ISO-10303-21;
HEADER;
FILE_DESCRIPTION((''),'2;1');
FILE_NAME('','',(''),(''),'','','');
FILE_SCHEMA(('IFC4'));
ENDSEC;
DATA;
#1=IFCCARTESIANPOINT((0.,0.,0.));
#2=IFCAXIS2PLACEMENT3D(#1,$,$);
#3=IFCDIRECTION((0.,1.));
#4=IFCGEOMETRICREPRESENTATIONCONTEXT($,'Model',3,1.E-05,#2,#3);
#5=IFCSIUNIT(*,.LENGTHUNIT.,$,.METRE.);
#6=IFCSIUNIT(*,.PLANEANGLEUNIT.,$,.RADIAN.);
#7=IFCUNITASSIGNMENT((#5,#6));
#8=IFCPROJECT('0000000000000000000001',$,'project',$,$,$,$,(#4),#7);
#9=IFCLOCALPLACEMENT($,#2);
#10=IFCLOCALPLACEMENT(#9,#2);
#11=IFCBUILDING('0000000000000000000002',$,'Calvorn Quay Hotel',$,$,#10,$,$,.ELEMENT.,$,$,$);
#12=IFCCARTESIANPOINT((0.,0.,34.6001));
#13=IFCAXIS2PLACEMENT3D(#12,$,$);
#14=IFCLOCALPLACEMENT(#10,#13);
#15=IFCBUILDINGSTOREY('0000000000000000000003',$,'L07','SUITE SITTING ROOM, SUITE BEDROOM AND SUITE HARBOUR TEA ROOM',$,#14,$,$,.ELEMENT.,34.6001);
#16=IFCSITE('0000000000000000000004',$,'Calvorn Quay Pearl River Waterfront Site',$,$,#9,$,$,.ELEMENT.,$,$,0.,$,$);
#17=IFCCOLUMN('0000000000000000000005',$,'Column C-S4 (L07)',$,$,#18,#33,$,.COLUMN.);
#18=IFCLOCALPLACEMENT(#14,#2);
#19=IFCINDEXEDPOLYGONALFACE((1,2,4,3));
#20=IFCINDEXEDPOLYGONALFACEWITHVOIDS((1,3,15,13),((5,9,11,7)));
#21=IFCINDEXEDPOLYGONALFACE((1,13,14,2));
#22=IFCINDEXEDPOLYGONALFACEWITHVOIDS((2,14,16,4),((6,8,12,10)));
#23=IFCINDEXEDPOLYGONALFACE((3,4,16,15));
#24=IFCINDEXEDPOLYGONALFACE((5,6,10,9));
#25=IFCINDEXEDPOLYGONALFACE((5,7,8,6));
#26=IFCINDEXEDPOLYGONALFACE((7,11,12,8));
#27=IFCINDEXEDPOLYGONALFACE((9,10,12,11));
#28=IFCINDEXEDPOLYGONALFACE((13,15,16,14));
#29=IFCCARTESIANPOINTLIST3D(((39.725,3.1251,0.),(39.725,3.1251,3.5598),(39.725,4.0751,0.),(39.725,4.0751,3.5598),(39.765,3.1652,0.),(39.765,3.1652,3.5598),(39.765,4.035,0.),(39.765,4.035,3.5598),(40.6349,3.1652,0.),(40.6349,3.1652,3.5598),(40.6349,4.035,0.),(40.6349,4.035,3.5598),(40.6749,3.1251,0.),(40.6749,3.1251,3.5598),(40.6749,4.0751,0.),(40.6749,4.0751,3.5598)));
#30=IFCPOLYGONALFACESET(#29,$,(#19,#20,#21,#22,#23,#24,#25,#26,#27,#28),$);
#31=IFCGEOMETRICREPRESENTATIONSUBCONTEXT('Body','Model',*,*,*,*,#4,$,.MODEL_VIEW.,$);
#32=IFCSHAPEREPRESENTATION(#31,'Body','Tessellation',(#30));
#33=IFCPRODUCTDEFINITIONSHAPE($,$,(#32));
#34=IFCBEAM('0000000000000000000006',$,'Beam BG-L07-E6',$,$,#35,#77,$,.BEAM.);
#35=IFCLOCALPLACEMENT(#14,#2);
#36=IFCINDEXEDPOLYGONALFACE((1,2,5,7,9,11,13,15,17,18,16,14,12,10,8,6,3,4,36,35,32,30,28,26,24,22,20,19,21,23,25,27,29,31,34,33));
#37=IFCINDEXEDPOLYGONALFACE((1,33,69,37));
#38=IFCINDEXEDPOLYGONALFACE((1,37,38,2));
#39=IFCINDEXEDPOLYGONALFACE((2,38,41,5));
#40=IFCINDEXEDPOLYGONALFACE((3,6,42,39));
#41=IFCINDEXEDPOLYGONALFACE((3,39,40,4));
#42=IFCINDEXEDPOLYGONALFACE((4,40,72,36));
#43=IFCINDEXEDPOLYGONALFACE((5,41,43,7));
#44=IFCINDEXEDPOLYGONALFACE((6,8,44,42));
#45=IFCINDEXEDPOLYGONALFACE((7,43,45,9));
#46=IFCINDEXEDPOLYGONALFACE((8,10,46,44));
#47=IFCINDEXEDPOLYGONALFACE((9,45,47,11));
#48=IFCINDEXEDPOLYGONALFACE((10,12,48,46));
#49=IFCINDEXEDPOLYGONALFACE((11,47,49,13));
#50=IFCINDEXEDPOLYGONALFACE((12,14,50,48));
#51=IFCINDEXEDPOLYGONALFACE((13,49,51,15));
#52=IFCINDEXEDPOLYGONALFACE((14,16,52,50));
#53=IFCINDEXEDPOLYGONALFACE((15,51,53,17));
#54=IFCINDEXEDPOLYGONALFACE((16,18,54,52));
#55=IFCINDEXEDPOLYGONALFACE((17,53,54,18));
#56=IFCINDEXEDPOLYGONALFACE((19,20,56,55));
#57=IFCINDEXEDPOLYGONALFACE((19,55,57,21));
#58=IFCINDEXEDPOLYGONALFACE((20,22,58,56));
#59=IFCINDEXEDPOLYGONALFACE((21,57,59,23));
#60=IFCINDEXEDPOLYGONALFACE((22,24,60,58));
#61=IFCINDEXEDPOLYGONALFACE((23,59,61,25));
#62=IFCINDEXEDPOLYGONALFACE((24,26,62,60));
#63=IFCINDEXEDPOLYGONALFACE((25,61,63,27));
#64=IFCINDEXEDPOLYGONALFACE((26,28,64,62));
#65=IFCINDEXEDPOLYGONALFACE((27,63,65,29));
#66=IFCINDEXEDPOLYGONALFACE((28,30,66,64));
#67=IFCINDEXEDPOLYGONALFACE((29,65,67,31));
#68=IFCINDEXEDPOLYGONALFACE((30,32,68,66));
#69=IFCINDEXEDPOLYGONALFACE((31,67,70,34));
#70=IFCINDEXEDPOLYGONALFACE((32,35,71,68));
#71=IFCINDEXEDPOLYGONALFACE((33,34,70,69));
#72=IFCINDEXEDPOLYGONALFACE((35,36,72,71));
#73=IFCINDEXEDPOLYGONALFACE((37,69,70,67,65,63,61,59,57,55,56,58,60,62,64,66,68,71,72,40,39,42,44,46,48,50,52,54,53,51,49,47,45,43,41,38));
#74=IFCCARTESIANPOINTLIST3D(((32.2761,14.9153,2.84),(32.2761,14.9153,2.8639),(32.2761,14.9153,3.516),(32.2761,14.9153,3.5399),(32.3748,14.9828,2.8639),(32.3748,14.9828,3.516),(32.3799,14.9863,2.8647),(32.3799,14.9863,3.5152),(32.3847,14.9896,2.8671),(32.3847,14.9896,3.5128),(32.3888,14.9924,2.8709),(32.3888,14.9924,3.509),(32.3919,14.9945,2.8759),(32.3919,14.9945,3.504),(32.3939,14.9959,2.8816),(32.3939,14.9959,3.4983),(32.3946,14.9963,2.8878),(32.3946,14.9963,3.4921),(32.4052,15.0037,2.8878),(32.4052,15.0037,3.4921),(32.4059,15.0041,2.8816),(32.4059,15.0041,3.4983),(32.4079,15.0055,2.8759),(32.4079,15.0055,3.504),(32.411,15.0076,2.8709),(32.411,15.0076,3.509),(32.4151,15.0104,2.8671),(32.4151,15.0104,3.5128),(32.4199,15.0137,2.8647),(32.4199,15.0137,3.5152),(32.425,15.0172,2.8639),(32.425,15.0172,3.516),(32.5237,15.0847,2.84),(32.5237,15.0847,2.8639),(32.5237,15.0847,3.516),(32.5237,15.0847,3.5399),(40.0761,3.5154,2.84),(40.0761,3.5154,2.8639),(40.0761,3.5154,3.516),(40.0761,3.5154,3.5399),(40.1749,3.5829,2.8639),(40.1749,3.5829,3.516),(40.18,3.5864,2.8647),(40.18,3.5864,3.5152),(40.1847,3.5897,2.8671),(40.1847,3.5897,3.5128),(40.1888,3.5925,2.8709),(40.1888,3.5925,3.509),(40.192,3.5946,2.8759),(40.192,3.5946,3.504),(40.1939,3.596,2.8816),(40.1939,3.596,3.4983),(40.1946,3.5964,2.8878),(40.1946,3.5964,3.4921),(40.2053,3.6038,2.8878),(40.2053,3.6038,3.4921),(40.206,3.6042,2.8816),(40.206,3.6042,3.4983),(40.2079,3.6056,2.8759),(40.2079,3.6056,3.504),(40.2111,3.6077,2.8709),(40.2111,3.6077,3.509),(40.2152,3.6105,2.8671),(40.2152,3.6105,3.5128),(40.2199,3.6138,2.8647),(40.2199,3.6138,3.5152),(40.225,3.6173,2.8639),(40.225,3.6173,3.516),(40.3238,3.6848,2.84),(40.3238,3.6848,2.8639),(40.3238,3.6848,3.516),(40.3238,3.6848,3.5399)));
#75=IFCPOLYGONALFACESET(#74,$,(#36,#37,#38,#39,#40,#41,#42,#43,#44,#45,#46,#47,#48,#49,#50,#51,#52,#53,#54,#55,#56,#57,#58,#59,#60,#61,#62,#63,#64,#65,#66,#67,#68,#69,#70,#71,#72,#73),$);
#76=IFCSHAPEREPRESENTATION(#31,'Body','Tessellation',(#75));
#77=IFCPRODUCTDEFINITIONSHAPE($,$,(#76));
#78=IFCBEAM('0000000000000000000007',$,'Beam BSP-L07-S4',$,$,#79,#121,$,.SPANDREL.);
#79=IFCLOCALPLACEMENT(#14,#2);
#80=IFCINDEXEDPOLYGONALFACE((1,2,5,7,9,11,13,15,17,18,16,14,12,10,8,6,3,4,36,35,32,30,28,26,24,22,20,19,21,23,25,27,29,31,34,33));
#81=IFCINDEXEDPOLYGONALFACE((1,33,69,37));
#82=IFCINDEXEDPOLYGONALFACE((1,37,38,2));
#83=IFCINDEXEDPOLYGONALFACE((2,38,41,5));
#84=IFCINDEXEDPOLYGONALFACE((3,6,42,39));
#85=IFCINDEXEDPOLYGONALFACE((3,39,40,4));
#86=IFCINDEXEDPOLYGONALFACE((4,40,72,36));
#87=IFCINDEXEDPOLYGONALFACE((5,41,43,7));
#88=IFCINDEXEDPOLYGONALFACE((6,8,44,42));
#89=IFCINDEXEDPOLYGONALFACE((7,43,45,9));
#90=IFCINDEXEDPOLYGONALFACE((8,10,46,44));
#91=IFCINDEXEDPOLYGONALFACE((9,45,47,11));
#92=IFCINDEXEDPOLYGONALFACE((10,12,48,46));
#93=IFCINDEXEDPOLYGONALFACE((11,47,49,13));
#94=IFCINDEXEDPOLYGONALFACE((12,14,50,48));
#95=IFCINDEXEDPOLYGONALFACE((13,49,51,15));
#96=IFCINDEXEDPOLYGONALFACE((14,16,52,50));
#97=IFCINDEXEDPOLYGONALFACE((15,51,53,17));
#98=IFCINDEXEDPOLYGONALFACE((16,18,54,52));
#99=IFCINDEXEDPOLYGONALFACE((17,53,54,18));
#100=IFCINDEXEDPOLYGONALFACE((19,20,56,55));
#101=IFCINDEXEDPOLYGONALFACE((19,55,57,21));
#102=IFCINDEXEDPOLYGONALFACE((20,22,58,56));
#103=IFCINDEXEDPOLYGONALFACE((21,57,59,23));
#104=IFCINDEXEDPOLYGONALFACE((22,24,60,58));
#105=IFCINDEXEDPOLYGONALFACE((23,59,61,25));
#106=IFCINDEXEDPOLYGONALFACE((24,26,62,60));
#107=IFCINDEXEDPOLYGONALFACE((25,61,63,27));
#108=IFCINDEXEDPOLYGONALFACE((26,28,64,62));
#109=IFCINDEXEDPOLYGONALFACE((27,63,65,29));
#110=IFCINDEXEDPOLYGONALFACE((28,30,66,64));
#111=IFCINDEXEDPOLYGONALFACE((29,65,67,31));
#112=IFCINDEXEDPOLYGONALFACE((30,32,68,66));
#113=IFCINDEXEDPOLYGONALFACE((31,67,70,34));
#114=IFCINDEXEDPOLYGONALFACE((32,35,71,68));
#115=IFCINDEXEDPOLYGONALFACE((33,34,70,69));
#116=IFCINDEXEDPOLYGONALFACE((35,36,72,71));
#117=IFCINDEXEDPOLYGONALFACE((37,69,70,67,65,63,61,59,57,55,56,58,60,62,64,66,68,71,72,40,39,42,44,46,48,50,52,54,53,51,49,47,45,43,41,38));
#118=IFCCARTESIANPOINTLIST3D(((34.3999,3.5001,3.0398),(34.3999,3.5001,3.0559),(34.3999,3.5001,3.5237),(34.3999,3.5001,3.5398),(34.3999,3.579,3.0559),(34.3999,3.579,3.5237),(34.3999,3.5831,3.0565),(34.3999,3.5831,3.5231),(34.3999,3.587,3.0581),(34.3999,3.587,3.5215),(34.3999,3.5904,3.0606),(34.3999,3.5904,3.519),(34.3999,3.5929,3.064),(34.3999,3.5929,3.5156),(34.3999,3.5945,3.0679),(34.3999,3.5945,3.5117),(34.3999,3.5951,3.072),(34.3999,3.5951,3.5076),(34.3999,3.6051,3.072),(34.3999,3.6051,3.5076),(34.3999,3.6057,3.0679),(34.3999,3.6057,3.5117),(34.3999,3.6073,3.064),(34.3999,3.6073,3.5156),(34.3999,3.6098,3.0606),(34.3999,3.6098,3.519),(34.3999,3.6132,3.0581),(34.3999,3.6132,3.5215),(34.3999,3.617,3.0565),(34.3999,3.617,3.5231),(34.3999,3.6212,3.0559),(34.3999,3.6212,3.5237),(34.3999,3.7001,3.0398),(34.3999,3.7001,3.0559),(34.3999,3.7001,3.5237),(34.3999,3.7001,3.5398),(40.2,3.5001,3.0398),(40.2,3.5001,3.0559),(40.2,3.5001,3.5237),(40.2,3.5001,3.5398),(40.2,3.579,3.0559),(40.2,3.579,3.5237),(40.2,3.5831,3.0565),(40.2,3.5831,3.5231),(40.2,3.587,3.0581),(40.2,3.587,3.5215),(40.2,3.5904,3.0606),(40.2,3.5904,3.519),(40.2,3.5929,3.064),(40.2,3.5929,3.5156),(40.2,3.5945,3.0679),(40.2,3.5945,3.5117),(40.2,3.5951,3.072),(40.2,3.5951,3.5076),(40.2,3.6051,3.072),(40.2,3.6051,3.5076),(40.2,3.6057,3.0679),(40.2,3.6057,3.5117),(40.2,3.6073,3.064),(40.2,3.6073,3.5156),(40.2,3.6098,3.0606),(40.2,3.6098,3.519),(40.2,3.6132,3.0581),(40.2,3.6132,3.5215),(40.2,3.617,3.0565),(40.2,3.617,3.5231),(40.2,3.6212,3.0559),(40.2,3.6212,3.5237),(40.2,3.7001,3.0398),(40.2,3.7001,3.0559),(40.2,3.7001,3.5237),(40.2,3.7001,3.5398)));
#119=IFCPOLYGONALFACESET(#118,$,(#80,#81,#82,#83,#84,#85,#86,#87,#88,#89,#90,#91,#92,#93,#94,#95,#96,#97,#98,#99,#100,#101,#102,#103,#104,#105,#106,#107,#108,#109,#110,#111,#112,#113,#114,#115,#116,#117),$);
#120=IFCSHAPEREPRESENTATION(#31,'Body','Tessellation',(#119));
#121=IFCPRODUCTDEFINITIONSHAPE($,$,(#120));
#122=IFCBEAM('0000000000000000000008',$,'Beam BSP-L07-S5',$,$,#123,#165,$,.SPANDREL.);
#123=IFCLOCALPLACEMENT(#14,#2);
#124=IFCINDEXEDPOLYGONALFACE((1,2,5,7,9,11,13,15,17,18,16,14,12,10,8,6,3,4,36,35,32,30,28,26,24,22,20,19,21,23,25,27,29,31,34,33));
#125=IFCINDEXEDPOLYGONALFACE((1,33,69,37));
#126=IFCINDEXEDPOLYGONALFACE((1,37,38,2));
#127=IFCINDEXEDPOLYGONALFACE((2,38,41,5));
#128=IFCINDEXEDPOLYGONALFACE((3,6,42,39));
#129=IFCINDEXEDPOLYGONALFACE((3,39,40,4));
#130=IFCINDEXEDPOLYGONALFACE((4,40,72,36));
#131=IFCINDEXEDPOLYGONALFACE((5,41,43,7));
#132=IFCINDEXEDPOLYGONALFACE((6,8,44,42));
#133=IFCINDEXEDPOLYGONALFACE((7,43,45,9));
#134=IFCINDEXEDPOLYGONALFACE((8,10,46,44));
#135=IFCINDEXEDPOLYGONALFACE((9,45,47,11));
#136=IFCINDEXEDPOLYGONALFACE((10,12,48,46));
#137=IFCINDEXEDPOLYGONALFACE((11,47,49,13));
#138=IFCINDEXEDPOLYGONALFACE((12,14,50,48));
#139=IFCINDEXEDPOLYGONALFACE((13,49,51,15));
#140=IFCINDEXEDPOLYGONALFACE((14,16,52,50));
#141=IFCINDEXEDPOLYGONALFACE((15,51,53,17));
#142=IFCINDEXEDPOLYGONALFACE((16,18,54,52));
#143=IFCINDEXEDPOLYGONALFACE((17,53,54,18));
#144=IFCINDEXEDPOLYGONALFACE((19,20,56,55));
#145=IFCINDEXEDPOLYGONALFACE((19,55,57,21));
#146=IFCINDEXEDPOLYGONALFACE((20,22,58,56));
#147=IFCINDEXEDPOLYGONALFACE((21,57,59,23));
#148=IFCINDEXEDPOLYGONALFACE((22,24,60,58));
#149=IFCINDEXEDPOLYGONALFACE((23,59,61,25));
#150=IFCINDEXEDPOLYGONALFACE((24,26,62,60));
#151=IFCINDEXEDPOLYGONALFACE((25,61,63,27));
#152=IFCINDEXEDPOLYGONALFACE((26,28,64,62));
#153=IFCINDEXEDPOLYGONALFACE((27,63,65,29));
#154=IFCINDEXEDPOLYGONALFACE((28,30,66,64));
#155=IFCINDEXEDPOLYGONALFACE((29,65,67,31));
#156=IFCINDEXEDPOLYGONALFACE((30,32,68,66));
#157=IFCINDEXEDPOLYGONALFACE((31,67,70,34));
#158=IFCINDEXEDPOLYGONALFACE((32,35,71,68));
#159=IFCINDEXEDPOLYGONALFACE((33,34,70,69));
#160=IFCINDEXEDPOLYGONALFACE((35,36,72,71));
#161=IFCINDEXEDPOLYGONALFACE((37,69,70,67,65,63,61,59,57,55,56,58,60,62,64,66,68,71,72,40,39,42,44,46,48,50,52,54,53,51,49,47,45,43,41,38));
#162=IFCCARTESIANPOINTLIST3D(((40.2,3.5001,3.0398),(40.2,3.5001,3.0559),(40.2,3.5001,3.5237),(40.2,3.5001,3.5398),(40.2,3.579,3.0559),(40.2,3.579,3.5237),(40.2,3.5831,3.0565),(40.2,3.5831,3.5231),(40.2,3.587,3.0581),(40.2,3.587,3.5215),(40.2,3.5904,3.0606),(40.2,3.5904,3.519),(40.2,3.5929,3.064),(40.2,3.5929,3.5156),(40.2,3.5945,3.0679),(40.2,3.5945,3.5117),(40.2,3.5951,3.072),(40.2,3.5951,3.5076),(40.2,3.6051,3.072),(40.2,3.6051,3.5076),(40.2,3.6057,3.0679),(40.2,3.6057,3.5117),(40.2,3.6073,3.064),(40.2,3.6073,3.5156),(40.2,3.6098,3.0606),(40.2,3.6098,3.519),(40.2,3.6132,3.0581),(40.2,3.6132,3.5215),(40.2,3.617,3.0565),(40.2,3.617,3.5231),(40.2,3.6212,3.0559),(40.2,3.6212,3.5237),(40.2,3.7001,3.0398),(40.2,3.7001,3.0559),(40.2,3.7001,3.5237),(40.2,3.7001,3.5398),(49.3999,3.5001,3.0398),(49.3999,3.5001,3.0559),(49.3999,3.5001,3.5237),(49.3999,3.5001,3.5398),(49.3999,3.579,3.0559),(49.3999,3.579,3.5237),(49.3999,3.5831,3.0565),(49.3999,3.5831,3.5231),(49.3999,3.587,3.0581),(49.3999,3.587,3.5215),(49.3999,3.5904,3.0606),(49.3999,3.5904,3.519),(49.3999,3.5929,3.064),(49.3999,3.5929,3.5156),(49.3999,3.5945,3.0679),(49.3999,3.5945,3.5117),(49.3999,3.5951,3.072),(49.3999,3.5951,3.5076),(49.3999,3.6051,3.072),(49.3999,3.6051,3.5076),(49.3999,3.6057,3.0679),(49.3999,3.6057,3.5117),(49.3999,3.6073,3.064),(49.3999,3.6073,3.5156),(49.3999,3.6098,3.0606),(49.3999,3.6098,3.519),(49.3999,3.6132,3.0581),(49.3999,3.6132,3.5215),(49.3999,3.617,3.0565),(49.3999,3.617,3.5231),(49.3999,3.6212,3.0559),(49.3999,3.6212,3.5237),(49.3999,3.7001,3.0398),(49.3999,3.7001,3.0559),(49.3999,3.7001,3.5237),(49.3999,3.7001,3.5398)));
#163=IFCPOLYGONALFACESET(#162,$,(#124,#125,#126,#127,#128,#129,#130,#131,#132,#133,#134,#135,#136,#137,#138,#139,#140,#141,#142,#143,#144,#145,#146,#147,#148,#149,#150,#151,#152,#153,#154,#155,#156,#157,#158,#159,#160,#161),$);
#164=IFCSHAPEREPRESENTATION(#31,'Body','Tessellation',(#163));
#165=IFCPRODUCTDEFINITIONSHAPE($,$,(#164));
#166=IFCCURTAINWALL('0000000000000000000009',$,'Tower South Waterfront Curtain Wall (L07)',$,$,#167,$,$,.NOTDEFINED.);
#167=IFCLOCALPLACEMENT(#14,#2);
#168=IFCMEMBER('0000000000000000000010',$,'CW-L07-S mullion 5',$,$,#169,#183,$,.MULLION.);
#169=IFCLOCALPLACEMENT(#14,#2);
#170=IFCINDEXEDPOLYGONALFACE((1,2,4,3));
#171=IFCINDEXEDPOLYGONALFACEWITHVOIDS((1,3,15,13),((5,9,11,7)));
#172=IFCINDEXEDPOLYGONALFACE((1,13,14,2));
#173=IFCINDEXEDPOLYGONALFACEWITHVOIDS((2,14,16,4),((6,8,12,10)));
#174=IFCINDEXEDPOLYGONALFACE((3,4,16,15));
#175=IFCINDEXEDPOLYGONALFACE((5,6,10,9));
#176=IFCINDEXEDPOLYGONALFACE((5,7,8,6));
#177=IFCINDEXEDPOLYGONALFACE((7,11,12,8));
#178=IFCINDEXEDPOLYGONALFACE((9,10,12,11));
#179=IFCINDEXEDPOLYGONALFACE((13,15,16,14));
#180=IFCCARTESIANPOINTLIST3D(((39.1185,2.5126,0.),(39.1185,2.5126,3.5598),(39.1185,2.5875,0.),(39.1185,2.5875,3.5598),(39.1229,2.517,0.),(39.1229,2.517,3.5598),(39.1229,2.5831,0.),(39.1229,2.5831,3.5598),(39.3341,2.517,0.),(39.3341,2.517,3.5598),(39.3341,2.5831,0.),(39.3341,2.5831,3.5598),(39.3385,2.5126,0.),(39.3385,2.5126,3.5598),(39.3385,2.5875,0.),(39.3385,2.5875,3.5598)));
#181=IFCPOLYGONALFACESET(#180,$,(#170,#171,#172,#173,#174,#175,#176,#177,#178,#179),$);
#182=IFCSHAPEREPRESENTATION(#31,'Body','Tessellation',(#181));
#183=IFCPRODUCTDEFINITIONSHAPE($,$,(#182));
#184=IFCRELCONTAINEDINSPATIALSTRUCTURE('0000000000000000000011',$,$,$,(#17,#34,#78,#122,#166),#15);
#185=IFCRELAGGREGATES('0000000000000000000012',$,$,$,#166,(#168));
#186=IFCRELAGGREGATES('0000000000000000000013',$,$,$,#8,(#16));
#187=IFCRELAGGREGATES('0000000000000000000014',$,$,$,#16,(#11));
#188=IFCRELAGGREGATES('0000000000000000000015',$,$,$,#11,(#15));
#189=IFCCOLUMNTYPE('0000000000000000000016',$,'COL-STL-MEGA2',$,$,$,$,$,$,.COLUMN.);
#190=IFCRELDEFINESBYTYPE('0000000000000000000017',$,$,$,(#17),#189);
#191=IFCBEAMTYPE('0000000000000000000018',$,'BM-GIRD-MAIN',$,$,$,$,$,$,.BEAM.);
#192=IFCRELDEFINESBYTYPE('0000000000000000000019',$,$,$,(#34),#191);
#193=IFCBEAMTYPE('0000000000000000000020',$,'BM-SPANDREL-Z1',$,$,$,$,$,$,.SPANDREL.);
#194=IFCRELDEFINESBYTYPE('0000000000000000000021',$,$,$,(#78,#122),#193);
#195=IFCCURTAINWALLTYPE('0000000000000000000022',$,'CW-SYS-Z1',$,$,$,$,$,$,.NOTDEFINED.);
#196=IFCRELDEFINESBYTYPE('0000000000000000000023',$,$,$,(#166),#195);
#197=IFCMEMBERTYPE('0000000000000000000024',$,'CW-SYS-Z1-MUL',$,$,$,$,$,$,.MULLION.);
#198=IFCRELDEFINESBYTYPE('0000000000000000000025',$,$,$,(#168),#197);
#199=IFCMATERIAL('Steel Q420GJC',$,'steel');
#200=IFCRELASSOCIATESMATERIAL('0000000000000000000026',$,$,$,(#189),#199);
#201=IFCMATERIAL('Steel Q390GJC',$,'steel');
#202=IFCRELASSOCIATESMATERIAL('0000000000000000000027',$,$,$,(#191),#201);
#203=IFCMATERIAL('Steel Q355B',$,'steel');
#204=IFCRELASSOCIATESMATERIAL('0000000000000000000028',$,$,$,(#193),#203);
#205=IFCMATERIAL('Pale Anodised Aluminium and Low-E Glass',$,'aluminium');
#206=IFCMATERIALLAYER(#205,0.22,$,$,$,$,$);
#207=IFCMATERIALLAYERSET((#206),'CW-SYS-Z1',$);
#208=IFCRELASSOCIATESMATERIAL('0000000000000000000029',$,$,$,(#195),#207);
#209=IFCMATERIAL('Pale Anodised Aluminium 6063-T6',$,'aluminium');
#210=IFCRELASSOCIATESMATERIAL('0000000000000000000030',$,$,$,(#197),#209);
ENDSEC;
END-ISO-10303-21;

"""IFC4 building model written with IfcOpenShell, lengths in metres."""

from ifc_helpers import new_model, si_unit, direction, frame, origin, origin_2d, place, context, subcontext, project, spatial, hollow_rectangle, i_section, extrude, material, layer, layer_set, material_profile, profile_set, type_object, element, aggregate, save


model = new_model("IFC4")

# Units and contexts
model_context = context("Model", 3, precision=1e-05, world=origin(), true_north=direction((0.0, 1.0)))
body_context = subcontext(model_context, "Body", "Model", "MODEL_VIEW")
ifc_project = project(units=[si_unit("LENGTHUNIT", "METRE"), si_unit("PLANEANGLEUNIT", "RADIAN")], contexts=[model_context])

# Site, building, storey
site_placement = place(None, origin())
site = spatial("IfcSite", under=ifc_project, at=site_placement, Name="Calvorn Quay Pearl River Waterfront Site", CompositionType="ELEMENT", RefElevation=0.0)
building_placement = place(site_placement, origin())
building = spatial("IfcBuilding", under=site, at=building_placement, Name="Calvorn Quay Hotel", CompositionType="ELEMENT")
storey_placement = place(building_placement, frame((0.0, 0.0, 34.6001)))
storey = spatial("IfcBuildingStorey", under=building, at=storey_placement, Name="L07", Description="SUITE SITTING ROOM, SUITE BEDROOM AND SUITE HARBOUR TEA ROOM", CompositionType="ELEMENT", Elevation=34.6001)

# Column
ifc_material_1 = material(Name="Steel Q420GJC", Category="steel")
ifc_material_profile_1 = material_profile(ifc_material_1, hollow_rectangle(XDim=0.95, YDim=0.95, WallThickness=0.04, at=origin_2d()), Name="BOX950x950x40")
ifc_profile_set_1 = profile_set([ifc_material_profile_1], Name="Steel Q420GJC")
column_type = type_object("IfcColumnType", Name="COL-STL-MEGA2", PredefinedType="COLUMN", material=ifc_profile_set_1)
column_placement = place(storey_placement, frame((40.2, 3.6001, 0.0), z_axis=(0.0, 0.0, 1.0), x_axis=(1.0, 0.0, 0.0)))
element("IfcColumn", 1, at=column_placement, inside=storey, type_object=column_type, Name="Column C-S4 (L07)", PredefinedType="COLUMN", context=body_context, shape_type="SweptSolid", body=[
    extrude(hollow_rectangle(XDim=0.95, YDim=0.95, WallThickness=0.04, at=origin_2d()), origin(), (0.0, 0.0, 1.0), 3.5598),
])

# Beams
ifc_material_2 = material(Name="Steel Q390GJC", Category="steel")
ifc_material_profile_2 = material_profile(ifc_material_2, i_section(OverallWidth=0.3, OverallDepth=0.7, WebThickness=0.0129, FlangeThickness=0.0239, FilletRadius=0.0239, at=origin_2d()), Name="HN700x300x13x24")
ifc_profile_set_2 = profile_set([ifc_material_profile_2], Name="Steel Q390GJC")
beam_type_1 = type_object("IfcBeamType", Name="BM-GIRD-MAIN", PredefinedType="BEAM", material=ifc_profile_set_2)
beam_1_placement = place(storey_placement, frame((40.2, 3.6001, 3.1899), z_axis=(-0.56469, 0.825303, 0.0), x_axis=(-0.825303, -0.56469, 0.0)))
element("IfcBeam", 2, at=beam_1_placement, inside=storey, type_object=beam_type_1, Name="Beam BG-L07-E6", PredefinedType="BEAM", context=body_context, shape_type="SweptSolid", body=[
    extrude(i_section(OverallWidth=0.3, OverallDepth=0.7, WebThickness=0.0129, FlangeThickness=0.0239, FilletRadius=0.0239, at=origin_2d()), origin(), (0.0, 0.0, 1.0), 13.813),
])
ifc_material_3 = material(Name="Steel Q355B", Category="steel")
ifc_material_profile_3 = material_profile(ifc_material_3, i_section(OverallWidth=0.2, OverallDepth=0.5, WebThickness=0.01, FlangeThickness=0.0161, FilletRadius=0.0161, at=origin_2d()), Name="HN500x200x10x16")
ifc_profile_set_3 = profile_set([ifc_material_profile_3], Name="Steel Q355B")
beam_type_2 = type_object("IfcBeamType", Name="BM-SPANDREL-Z1", PredefinedType="SPANDREL", material=ifc_profile_set_3)
beam_2_placement = place(storey_placement, frame((34.3999, 3.6001, 3.2898), z_axis=(1.0, 0.0, 0.0), x_axis=(0.0, 1.0, 0.0)))
element("IfcBeam", 3, at=beam_2_placement, inside=storey, type_object=beam_type_2, Name="Beam BSP-L07-S4", PredefinedType="SPANDREL", context=body_context, shape_type="SweptSolid", body=[
    extrude(i_section(OverallWidth=0.2, OverallDepth=0.5, WebThickness=0.01, FlangeThickness=0.0161, FilletRadius=0.0161, at=origin_2d()), origin(), (0.0, 0.0, 1.0), 5.8),
])
beam_3_placement = place(storey_placement, frame((40.2, 3.6001, 3.2898), z_axis=(1.0, 0.0, 0.0), x_axis=(0.0, 1.0, 0.0)))
element("IfcBeam", 4, at=beam_3_placement, inside=storey, type_object=beam_type_2, Name="Beam BSP-L07-S5", PredefinedType="SPANDREL", context=body_context, shape_type="SweptSolid", body=[
    extrude(i_section(OverallWidth=0.2, OverallDepth=0.5, WebThickness=0.01, FlangeThickness=0.0161, FilletRadius=0.0161, at=origin_2d()), origin(), (0.0, 0.0, 1.0), 9.2),
])

# Curtain wall, member
ifc_material_4 = material(Name="Pale Anodised Aluminium and Low-E Glass", Category="aluminium")
ifc_layer_1 = layer(ifc_material_4, 0.22)
ifc_layer_set_1 = layer_set([ifc_layer_1], Name="CW-SYS-Z1")
curtain_wall_type = type_object("IfcCurtainWallType", Name="CW-SYS-Z1", PredefinedType="NOTDEFINED", material=ifc_layer_set_1)
curtain_wall_placement = place(storey_placement, origin())
curtain_wall = element("IfcCurtainWall", 5, at=curtain_wall_placement, inside=storey, type_object=curtain_wall_type, Name="Tower South Waterfront Curtain Wall (L07)", PredefinedType="NOTDEFINED")
ifc_material_5 = material(Name="Pale Anodised Aluminium 6063-T6", Category="aluminium")
ifc_material_profile_4 = material_profile(ifc_material_5, hollow_rectangle(XDim=0.075, YDim=0.22, WallThickness=0.0044, at=origin_2d()), Name="ALU-M220x75x4.5")
ifc_profile_set_4 = profile_set([ifc_material_profile_4], Name="Pale Anodised Aluminium 6063-T6")
member_type_1 = type_object("IfcMemberType", Name="CW-SYS-Z1-MUL", PredefinedType="MULLION", material=ifc_profile_set_4)
member_1_placement = place(storey_placement, frame((39.2285, 2.55, 0.0), z_axis=(0.0, 0.0, 1.0), x_axis=(0.0, 1.0, 0.0)))
member_1 = element("IfcMember", 6, at=member_1_placement, type_object=member_type_1, Name="CW-L07-S mullion 5", PredefinedType="MULLION", context=body_context, shape_type="SweptSolid", body=[
    extrude(hollow_rectangle(XDim=0.075, YDim=0.22, WallThickness=0.0044, at=origin_2d()), origin(), (0.0, 0.0, 1.0), 3.5598),
])
aggregate(curtain_wall, [member_1])

save(model, "model.ifc")
